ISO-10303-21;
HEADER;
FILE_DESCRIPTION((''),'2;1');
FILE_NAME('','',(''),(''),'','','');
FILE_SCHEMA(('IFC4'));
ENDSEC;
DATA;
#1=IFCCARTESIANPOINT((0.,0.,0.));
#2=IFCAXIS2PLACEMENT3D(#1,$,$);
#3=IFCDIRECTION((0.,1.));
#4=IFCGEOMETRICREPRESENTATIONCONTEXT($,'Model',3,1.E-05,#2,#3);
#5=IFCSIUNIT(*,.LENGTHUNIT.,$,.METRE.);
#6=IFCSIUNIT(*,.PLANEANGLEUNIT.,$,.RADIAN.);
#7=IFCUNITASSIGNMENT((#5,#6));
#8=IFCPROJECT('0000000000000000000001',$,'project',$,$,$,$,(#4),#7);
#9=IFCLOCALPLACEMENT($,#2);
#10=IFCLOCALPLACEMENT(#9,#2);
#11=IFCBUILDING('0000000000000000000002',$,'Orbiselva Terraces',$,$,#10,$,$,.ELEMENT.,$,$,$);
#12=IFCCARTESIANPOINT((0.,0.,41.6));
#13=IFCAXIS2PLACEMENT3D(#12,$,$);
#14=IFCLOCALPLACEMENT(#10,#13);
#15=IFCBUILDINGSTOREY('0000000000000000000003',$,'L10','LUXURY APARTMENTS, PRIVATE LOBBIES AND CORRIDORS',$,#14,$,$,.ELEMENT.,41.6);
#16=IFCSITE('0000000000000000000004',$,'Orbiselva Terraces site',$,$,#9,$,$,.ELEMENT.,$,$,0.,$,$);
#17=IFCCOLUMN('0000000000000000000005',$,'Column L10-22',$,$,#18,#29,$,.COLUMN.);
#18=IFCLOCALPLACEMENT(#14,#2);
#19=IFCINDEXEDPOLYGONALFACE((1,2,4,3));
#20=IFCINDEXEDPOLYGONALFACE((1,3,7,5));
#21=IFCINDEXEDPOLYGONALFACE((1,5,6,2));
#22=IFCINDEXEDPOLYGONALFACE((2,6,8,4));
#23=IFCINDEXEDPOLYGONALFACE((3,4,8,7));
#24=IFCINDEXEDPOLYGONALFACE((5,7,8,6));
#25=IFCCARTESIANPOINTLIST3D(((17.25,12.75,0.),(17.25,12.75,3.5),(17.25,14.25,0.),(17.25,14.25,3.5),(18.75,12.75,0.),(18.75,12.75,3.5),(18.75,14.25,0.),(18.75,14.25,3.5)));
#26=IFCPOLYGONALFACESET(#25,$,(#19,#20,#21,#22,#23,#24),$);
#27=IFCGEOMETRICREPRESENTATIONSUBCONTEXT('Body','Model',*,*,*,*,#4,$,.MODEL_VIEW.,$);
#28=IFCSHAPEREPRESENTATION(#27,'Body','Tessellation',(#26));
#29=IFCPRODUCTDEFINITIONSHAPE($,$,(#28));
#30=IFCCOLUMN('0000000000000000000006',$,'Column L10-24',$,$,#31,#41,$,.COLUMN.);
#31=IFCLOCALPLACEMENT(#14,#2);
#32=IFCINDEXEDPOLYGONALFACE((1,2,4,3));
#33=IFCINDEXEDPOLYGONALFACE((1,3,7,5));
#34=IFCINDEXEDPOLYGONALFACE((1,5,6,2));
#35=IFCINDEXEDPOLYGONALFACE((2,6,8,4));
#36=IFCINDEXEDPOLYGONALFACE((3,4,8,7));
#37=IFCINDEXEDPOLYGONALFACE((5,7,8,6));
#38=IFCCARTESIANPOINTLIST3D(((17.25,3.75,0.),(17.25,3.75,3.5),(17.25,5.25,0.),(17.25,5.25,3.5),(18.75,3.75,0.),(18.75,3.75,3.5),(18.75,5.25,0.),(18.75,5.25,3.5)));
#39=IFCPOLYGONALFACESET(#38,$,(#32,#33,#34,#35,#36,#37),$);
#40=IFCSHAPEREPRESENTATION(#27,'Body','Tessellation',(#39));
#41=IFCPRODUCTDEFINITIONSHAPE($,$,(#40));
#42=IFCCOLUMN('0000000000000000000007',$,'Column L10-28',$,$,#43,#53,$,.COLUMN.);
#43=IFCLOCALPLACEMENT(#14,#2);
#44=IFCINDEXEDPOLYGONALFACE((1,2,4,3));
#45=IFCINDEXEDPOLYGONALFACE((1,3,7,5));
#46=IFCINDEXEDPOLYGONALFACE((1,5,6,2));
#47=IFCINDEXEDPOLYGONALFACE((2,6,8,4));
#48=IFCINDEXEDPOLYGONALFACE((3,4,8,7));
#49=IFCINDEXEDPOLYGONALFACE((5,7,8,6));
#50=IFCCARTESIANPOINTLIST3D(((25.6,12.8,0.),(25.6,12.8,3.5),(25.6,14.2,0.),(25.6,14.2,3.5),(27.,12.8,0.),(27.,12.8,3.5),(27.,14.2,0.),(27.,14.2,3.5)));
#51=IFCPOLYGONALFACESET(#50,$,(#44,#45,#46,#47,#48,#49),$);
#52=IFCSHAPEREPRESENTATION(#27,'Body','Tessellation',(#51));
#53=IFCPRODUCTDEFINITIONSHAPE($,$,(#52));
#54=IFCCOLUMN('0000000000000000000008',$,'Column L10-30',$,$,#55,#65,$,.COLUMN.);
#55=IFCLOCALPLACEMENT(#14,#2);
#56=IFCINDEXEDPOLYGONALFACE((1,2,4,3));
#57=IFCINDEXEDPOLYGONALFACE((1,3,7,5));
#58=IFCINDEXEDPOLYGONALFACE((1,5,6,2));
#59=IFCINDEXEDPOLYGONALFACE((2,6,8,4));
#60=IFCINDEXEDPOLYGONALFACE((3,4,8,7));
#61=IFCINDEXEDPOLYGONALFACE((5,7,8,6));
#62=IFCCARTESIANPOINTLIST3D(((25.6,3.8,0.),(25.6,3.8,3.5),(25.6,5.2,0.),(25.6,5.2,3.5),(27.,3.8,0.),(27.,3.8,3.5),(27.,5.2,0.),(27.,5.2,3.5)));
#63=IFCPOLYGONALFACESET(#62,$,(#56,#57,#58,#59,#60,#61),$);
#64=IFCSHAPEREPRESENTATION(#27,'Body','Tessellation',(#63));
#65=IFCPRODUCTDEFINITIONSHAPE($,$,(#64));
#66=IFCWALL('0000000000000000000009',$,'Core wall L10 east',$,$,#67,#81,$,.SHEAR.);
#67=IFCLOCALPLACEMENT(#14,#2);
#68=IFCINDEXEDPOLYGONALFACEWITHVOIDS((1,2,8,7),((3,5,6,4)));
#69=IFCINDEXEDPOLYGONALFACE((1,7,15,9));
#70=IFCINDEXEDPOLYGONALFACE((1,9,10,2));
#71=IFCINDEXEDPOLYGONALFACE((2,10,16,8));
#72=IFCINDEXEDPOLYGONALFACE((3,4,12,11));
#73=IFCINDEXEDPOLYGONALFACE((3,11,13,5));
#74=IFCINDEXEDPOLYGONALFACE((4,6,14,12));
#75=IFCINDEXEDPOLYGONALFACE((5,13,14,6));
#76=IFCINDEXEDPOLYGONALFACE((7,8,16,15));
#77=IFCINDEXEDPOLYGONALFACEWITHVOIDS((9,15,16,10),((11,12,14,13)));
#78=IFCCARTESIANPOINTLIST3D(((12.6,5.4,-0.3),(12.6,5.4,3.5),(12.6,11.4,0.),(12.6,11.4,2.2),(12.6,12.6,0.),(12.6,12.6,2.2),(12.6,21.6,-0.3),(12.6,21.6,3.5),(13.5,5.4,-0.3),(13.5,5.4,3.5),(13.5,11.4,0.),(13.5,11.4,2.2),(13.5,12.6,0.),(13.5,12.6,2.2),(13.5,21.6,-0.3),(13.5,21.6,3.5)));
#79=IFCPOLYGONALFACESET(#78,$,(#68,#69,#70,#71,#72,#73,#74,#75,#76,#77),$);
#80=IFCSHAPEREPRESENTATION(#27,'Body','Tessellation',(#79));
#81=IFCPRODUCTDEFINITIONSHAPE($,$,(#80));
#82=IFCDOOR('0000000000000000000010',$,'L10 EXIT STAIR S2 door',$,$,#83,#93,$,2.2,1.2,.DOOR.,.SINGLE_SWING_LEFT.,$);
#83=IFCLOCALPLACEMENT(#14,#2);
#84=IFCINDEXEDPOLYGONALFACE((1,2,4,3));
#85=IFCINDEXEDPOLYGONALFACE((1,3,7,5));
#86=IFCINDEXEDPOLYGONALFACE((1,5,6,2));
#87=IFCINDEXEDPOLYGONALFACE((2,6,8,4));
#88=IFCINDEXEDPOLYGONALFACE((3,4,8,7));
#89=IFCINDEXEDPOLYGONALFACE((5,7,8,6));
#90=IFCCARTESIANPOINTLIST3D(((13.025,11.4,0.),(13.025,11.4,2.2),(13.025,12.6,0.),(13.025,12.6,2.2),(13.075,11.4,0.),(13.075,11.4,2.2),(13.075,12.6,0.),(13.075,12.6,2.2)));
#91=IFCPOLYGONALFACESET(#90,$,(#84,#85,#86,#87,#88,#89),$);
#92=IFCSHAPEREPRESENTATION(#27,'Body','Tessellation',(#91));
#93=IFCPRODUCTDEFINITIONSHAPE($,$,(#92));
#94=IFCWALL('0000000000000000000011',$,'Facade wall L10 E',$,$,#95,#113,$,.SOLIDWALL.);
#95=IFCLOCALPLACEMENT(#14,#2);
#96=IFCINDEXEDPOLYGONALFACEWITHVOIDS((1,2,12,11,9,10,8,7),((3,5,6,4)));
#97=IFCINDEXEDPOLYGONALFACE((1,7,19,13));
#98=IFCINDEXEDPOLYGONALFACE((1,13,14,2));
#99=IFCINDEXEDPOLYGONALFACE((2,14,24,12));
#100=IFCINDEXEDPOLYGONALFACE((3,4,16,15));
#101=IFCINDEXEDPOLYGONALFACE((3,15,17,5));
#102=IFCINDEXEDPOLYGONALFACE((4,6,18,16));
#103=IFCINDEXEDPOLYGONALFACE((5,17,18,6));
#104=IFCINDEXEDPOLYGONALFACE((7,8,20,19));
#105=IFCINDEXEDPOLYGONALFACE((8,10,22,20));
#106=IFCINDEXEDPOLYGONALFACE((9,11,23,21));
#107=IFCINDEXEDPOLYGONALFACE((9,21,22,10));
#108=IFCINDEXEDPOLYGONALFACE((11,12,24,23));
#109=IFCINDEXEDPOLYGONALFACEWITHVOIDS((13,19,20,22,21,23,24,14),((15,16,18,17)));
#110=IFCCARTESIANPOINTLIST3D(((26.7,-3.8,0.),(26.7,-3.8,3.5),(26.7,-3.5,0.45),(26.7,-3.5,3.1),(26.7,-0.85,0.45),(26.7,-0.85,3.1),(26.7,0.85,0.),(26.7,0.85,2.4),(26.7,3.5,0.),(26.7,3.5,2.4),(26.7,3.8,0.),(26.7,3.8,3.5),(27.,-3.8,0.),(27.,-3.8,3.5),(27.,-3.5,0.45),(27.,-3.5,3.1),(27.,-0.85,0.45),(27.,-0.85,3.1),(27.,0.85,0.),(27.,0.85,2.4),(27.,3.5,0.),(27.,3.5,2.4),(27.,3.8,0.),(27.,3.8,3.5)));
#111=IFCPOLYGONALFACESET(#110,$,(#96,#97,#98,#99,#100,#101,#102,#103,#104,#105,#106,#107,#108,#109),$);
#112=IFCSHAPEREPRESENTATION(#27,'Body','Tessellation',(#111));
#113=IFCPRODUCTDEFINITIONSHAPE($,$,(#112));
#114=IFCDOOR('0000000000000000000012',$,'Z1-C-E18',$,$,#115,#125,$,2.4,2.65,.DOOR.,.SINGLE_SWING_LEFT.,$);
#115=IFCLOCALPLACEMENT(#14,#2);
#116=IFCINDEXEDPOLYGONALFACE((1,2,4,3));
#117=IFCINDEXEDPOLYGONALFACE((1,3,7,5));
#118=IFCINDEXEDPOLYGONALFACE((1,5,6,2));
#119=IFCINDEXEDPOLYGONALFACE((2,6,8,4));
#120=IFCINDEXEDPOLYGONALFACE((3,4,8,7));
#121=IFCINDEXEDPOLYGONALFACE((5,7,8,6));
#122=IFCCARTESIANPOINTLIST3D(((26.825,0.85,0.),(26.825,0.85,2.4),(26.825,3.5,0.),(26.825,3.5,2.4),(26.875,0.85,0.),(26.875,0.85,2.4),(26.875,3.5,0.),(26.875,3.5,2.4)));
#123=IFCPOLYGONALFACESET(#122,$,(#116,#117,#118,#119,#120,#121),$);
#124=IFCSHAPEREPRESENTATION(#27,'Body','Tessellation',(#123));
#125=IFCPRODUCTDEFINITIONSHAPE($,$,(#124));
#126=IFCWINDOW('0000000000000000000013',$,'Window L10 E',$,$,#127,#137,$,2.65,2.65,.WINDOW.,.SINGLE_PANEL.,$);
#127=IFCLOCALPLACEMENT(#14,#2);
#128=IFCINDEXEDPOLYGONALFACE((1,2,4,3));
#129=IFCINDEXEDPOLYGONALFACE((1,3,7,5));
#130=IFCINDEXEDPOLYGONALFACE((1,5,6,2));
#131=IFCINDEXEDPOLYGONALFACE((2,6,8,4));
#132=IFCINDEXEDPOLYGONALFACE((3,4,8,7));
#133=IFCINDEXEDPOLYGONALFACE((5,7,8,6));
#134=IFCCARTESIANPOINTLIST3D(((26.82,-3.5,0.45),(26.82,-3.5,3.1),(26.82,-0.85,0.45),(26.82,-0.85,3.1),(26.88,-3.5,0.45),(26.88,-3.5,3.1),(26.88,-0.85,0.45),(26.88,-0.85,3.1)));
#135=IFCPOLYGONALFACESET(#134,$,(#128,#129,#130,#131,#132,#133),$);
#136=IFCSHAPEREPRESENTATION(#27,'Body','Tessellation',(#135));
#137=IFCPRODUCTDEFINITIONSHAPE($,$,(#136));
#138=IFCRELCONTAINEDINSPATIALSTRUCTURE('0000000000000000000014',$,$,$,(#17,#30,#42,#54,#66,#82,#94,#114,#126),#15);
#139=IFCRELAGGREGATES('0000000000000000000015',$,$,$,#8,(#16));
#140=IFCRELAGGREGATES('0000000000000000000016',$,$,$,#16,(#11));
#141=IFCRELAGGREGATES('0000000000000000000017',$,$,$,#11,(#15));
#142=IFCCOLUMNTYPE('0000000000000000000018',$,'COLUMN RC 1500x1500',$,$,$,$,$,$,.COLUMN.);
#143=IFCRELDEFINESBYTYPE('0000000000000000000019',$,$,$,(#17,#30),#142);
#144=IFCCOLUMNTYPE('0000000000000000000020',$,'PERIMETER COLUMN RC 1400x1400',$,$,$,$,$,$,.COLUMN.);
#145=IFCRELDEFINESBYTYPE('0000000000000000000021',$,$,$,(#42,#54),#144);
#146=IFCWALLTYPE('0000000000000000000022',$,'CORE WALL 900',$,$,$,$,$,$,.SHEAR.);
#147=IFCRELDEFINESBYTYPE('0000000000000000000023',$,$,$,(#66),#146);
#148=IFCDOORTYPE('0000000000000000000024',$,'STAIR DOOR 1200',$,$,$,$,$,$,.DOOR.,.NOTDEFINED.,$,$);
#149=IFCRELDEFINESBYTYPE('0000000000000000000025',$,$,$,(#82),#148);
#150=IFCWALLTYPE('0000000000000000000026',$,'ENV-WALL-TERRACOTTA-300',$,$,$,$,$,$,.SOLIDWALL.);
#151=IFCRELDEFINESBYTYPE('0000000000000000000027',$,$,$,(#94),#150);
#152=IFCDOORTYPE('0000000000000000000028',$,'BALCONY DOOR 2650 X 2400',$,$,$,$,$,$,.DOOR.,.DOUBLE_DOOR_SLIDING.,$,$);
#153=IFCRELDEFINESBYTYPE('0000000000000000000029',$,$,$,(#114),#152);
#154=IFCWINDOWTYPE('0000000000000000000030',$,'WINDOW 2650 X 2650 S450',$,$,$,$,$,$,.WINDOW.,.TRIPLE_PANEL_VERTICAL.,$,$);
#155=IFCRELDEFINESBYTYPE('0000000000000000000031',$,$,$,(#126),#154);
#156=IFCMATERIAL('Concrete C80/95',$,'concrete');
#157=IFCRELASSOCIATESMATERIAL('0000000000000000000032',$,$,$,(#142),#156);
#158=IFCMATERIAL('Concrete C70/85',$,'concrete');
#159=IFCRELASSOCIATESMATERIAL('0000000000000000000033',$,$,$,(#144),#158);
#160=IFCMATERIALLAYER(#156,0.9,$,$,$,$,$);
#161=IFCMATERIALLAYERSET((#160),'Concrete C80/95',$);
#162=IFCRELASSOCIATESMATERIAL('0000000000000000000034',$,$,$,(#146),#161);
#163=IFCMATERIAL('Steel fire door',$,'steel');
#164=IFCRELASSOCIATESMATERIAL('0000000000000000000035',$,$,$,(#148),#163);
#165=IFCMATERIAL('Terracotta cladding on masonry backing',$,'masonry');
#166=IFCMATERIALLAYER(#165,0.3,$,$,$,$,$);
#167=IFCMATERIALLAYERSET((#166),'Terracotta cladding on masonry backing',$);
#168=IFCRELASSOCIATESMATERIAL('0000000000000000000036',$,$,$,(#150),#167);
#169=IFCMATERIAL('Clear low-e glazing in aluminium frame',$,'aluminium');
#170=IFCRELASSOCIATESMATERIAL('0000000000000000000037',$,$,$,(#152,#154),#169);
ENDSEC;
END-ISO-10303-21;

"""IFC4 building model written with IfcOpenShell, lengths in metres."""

from ifc_helpers import new_model, si_unit, direction, frame, frame_2d, origin, origin_2d, place, context, subcontext, project, spatial, rectangle, extrude, material, layer, layer_set, material_profile, profile_set, type_object, element, fill, save


model = new_model("IFC4")

# Units and contexts
model_context = context("Model", 3, precision=1e-05, world=origin(), true_north=direction((0.0, 1.0)))
body_context = subcontext(model_context, "Body", "Model", "MODEL_VIEW")
ifc_project = project(units=[si_unit("LENGTHUNIT", "METRE"), si_unit("PLANEANGLEUNIT", "RADIAN")], contexts=[model_context])

# Site, building, storey
site_placement = place(None, origin())
site = spatial("IfcSite", under=ifc_project, at=site_placement, Name="Orbiselva Terraces site", CompositionType="ELEMENT", RefElevation=0.0)
building_placement = place(site_placement, origin())
building = spatial("IfcBuilding", under=site, at=building_placement, Name="Orbiselva Terraces", CompositionType="ELEMENT")
storey_placement = place(building_placement, frame((0.0, 0.0, 41.6)))
storey = spatial("IfcBuildingStorey", under=building, at=storey_placement, Name="L10", Description="LUXURY APARTMENTS, PRIVATE LOBBIES AND CORRIDORS", CompositionType="ELEMENT", Elevation=41.6)

# Columns
ifc_material_1 = material(Name="Concrete C80/95", Category="concrete")
ifc_material_profile_1 = material_profile(ifc_material_1, rectangle(XDim=1.5, YDim=1.5, at=origin_2d()), Name="RC 1500x1500")
ifc_profile_set_1 = profile_set([ifc_material_profile_1], Name="Concrete C80/95")
column_type_1 = type_object("IfcColumnType", Name="COLUMN RC 1500x1500", PredefinedType="COLUMN", material=ifc_profile_set_1)
for number, where, z_axis, x_axis, name in (
    (1, (18.0, 13.5, 0.0), (0.0, 0.0, 1.0), (1.0, 0.0, 0.0), "Column L10-22"),
    (2, (18.0, 4.5, 0.0), (0.0, 0.0, 1.0), (1.0, 0.0, 0.0), "Column L10-24"),
):
    element("IfcColumn", number, at=place(storey_placement, frame(where, z_axis=z_axis, x_axis=x_axis)), inside=storey, type_object=column_type_1, Name=name, PredefinedType="COLUMN", context=body_context, shape_type="SweptSolid", body=[
        extrude(rectangle(XDim=1.5, YDim=1.5, at=origin_2d()), origin(), (0.0, 0.0, 1.0), 3.5),
    ])
ifc_material_2 = material(Name="Concrete C70/85", Category="concrete")
ifc_material_profile_2 = material_profile(ifc_material_2, rectangle(XDim=1.4, YDim=1.4, at=origin_2d()), Name="RC 1400x1400")
ifc_profile_set_2 = profile_set([ifc_material_profile_2], Name="Concrete C70/85")
column_type_2 = type_object("IfcColumnType", Name="PERIMETER COLUMN RC 1400x1400", PredefinedType="COLUMN", material=ifc_profile_set_2)
for number, where, z_axis, x_axis, name in (
    (3, (26.3, 13.5, 0.0), (0.0, 0.0, 1.0), (1.0, 0.0, 0.0), "Column L10-28"),
    (4, (26.3, 4.5, 0.0), (0.0, 0.0, 1.0), (1.0, 0.0, 0.0), "Column L10-30"),
):
    element("IfcColumn", number, at=place(storey_placement, frame(where, z_axis=z_axis, x_axis=x_axis)), inside=storey, type_object=column_type_2, Name=name, PredefinedType="COLUMN", context=body_context, shape_type="SweptSolid", body=[
        extrude(rectangle(XDim=1.4, YDim=1.4, at=origin_2d()), origin(), (0.0, 0.0, 1.0), 3.5),
    ])

# Wall, opening, door
ifc_layer_1 = layer(ifc_material_1, 0.9)
ifc_layer_set_1 = layer_set([ifc_layer_1], Name="Concrete C80/95")
wall_type_1 = type_object("IfcWallType", Name="CORE WALL 900", PredefinedType="SHEAR", material=ifc_layer_set_1)
wall_1_placement = place(storey_placement, frame((13.05, 5.4, -0.3), z_axis=(0.0, 0.0, 1.0), x_axis=(0.0, 1.0, 0.0)))
wall_1 = element("IfcWall", 5, at=wall_1_placement, inside=storey, type_object=wall_type_1, Name="Core wall L10 east", PredefinedType="SHEAR", context=body_context, shape_type="SweptSolid", body=[
    extrude(rectangle(XDim=16.2, YDim=0.9, at=frame_2d((8.1, 0.0))), origin(), (0.0, 0.0, 1.0), 3.8),
])
opening_1_placement = place(wall_1_placement, frame((6.0, 0.0, 0.3)))
opening_1 = element("IfcOpeningElement", 6, at=opening_1_placement, cuts=wall_1, PredefinedType="OPENING", context=body_context, shape_type="SweptSolid", body=[
    extrude(rectangle(XDim=1.2, YDim=2.2, at=frame_2d((0.6, 1.1))), frame((0.0, 0.46, 0.0), z_axis=(0.0, -1.0, 0.0), x_axis=(1.0, 0.0, 0.0)), (0.0, 0.0, 1.0), 0.92),
])
ifc_material_3 = material(Name="Steel fire door", Category="steel")
door_type_1 = type_object("IfcDoorType", Name="STAIR DOOR 1200", OperationType="NOTDEFINED", PredefinedType="DOOR", material=ifc_material_3)
door_1_placement = place(opening_1_placement, frame((1.2, 0.0, 0.0), z_axis=(0.0, 0.0, 1.0), x_axis=(-1.0, 0.0, 0.0)))
door_1 = element("IfcDoor", 7, at=door_1_placement, inside=storey, type_object=door_type_1, Name="L10 EXIT STAIR S2 door", OperationType="SINGLE_SWING_LEFT", OverallHeight=2.2, OverallWidth=1.2, PredefinedType="DOOR", context=body_context, shape_type="SweptSolid", body=[
    extrude(rectangle(XDim=1.2, YDim=2.2, at=frame_2d((0.6, 1.1))), frame((0.0, 0.025, 0.0), z_axis=(0.0, -1.0, 0.0), x_axis=(1.0, 0.0, 0.0)), (0.0, 0.0, 1.0), 0.05),
])
fill(opening_1, door_1)

# Wall, openings, door, window
ifc_material_4 = material(Name="Terracotta cladding on masonry backing", Category="masonry")
ifc_layer_2 = layer(ifc_material_4, 0.3)
ifc_layer_set_2 = layer_set([ifc_layer_2], Name="Terracotta cladding on masonry backing")
wall_type_2 = type_object("IfcWallType", Name="ENV-WALL-TERRACOTTA-300", PredefinedType="SOLIDWALL", material=ifc_layer_set_2)
wall_2_placement = place(storey_placement, frame((26.85, 3.8, 0.0), z_axis=(0.0, 0.0, 1.0), x_axis=(0.0, -1.0, 0.0)))
wall_2 = element("IfcWall", 8, at=wall_2_placement, inside=storey, type_object=wall_type_2, Name="Facade wall L10 E", PredefinedType="SOLIDWALL", context=body_context, shape_type="SweptSolid", body=[
    extrude(rectangle(XDim=7.6, YDim=0.3, at=frame_2d((3.8, 0.0))), origin(), (0.0, 0.0, 1.0), 3.5),
])
opening_2_placement = place(wall_2_placement, frame((4.65, 0.0, 0.45)))
opening_2 = element("IfcOpeningElement", 9, at=opening_2_placement, cuts=wall_2, PredefinedType="OPENING", context=body_context, shape_type="SweptSolid", body=[
    extrude(rectangle(XDim=2.65, YDim=2.65, at=frame_2d((1.325, 1.325))), frame((0.0, 0.16, 0.0), z_axis=(0.0, -1.0, 0.0), x_axis=(1.0, 0.0, 0.0)), (0.0, 0.0, 1.0), 0.32),
])
opening_3_placement = place(wall_2_placement, frame((0.3, 0.0, 0.0)))
opening_3 = element("IfcOpeningElement", 10, at=opening_3_placement, cuts=wall_2, PredefinedType="OPENING", context=body_context, shape_type="SweptSolid", body=[
    extrude(rectangle(XDim=2.65, YDim=2.4, at=frame_2d((1.325, 1.2))), frame((0.0, 0.16, 0.0), z_axis=(0.0, -1.0, 0.0), x_axis=(1.0, 0.0, 0.0)), (0.0, 0.0, 1.0), 0.32),
])
ifc_material_5 = material(Name="Clear low-e glazing in aluminium frame", Category="aluminium")
door_type_2 = type_object("IfcDoorType", Name="BALCONY DOOR 2650 X 2400", OperationType="DOUBLE_DOOR_SLIDING", PredefinedType="DOOR", material=ifc_material_5)
door_2_placement = place(opening_3_placement, origin())
door_2 = element("IfcDoor", 11, at=door_2_placement, inside=storey, type_object=door_type_2, Name="Z1-C-E18", OperationType="SINGLE_SWING_LEFT", OverallHeight=2.4, OverallWidth=2.65, PredefinedType="DOOR", context=body_context, shape_type="SweptSolid", body=[
    extrude(rectangle(XDim=2.65, YDim=2.4, at=frame_2d((1.325, 1.2))), frame((0.0, 0.025, 0.0), z_axis=(0.0, -1.0, 0.0), x_axis=(1.0, 0.0, 0.0)), (0.0, 0.0, 1.0), 0.05),
])
fill(opening_3, door_2)
window_type = type_object("IfcWindowType", Name="WINDOW 2650 X 2650 S450", PartitioningType="TRIPLE_PANEL_VERTICAL", PredefinedType="WINDOW", material=ifc_material_5)
window_1_placement = place(opening_2_placement, origin())
window_1 = element("IfcWindow", 12, at=window_1_placement, inside=storey, type_object=window_type, Name="Window L10 E", OverallHeight=2.65, OverallWidth=2.65, PartitioningType="SINGLE_PANEL", PredefinedType="WINDOW", context=body_context, shape_type="SweptSolid", body=[
    extrude(rectangle(XDim=2.65, YDim=2.65, at=frame_2d((1.325, 1.325))), frame((0.0, 0.03, 0.0), z_axis=(0.0, -1.0, 0.0), x_axis=(1.0, 0.0, 0.0)), (0.0, 0.0, 1.0), 0.06),
])
fill(opening_2, window_1)

save(model, "model.ifc")
